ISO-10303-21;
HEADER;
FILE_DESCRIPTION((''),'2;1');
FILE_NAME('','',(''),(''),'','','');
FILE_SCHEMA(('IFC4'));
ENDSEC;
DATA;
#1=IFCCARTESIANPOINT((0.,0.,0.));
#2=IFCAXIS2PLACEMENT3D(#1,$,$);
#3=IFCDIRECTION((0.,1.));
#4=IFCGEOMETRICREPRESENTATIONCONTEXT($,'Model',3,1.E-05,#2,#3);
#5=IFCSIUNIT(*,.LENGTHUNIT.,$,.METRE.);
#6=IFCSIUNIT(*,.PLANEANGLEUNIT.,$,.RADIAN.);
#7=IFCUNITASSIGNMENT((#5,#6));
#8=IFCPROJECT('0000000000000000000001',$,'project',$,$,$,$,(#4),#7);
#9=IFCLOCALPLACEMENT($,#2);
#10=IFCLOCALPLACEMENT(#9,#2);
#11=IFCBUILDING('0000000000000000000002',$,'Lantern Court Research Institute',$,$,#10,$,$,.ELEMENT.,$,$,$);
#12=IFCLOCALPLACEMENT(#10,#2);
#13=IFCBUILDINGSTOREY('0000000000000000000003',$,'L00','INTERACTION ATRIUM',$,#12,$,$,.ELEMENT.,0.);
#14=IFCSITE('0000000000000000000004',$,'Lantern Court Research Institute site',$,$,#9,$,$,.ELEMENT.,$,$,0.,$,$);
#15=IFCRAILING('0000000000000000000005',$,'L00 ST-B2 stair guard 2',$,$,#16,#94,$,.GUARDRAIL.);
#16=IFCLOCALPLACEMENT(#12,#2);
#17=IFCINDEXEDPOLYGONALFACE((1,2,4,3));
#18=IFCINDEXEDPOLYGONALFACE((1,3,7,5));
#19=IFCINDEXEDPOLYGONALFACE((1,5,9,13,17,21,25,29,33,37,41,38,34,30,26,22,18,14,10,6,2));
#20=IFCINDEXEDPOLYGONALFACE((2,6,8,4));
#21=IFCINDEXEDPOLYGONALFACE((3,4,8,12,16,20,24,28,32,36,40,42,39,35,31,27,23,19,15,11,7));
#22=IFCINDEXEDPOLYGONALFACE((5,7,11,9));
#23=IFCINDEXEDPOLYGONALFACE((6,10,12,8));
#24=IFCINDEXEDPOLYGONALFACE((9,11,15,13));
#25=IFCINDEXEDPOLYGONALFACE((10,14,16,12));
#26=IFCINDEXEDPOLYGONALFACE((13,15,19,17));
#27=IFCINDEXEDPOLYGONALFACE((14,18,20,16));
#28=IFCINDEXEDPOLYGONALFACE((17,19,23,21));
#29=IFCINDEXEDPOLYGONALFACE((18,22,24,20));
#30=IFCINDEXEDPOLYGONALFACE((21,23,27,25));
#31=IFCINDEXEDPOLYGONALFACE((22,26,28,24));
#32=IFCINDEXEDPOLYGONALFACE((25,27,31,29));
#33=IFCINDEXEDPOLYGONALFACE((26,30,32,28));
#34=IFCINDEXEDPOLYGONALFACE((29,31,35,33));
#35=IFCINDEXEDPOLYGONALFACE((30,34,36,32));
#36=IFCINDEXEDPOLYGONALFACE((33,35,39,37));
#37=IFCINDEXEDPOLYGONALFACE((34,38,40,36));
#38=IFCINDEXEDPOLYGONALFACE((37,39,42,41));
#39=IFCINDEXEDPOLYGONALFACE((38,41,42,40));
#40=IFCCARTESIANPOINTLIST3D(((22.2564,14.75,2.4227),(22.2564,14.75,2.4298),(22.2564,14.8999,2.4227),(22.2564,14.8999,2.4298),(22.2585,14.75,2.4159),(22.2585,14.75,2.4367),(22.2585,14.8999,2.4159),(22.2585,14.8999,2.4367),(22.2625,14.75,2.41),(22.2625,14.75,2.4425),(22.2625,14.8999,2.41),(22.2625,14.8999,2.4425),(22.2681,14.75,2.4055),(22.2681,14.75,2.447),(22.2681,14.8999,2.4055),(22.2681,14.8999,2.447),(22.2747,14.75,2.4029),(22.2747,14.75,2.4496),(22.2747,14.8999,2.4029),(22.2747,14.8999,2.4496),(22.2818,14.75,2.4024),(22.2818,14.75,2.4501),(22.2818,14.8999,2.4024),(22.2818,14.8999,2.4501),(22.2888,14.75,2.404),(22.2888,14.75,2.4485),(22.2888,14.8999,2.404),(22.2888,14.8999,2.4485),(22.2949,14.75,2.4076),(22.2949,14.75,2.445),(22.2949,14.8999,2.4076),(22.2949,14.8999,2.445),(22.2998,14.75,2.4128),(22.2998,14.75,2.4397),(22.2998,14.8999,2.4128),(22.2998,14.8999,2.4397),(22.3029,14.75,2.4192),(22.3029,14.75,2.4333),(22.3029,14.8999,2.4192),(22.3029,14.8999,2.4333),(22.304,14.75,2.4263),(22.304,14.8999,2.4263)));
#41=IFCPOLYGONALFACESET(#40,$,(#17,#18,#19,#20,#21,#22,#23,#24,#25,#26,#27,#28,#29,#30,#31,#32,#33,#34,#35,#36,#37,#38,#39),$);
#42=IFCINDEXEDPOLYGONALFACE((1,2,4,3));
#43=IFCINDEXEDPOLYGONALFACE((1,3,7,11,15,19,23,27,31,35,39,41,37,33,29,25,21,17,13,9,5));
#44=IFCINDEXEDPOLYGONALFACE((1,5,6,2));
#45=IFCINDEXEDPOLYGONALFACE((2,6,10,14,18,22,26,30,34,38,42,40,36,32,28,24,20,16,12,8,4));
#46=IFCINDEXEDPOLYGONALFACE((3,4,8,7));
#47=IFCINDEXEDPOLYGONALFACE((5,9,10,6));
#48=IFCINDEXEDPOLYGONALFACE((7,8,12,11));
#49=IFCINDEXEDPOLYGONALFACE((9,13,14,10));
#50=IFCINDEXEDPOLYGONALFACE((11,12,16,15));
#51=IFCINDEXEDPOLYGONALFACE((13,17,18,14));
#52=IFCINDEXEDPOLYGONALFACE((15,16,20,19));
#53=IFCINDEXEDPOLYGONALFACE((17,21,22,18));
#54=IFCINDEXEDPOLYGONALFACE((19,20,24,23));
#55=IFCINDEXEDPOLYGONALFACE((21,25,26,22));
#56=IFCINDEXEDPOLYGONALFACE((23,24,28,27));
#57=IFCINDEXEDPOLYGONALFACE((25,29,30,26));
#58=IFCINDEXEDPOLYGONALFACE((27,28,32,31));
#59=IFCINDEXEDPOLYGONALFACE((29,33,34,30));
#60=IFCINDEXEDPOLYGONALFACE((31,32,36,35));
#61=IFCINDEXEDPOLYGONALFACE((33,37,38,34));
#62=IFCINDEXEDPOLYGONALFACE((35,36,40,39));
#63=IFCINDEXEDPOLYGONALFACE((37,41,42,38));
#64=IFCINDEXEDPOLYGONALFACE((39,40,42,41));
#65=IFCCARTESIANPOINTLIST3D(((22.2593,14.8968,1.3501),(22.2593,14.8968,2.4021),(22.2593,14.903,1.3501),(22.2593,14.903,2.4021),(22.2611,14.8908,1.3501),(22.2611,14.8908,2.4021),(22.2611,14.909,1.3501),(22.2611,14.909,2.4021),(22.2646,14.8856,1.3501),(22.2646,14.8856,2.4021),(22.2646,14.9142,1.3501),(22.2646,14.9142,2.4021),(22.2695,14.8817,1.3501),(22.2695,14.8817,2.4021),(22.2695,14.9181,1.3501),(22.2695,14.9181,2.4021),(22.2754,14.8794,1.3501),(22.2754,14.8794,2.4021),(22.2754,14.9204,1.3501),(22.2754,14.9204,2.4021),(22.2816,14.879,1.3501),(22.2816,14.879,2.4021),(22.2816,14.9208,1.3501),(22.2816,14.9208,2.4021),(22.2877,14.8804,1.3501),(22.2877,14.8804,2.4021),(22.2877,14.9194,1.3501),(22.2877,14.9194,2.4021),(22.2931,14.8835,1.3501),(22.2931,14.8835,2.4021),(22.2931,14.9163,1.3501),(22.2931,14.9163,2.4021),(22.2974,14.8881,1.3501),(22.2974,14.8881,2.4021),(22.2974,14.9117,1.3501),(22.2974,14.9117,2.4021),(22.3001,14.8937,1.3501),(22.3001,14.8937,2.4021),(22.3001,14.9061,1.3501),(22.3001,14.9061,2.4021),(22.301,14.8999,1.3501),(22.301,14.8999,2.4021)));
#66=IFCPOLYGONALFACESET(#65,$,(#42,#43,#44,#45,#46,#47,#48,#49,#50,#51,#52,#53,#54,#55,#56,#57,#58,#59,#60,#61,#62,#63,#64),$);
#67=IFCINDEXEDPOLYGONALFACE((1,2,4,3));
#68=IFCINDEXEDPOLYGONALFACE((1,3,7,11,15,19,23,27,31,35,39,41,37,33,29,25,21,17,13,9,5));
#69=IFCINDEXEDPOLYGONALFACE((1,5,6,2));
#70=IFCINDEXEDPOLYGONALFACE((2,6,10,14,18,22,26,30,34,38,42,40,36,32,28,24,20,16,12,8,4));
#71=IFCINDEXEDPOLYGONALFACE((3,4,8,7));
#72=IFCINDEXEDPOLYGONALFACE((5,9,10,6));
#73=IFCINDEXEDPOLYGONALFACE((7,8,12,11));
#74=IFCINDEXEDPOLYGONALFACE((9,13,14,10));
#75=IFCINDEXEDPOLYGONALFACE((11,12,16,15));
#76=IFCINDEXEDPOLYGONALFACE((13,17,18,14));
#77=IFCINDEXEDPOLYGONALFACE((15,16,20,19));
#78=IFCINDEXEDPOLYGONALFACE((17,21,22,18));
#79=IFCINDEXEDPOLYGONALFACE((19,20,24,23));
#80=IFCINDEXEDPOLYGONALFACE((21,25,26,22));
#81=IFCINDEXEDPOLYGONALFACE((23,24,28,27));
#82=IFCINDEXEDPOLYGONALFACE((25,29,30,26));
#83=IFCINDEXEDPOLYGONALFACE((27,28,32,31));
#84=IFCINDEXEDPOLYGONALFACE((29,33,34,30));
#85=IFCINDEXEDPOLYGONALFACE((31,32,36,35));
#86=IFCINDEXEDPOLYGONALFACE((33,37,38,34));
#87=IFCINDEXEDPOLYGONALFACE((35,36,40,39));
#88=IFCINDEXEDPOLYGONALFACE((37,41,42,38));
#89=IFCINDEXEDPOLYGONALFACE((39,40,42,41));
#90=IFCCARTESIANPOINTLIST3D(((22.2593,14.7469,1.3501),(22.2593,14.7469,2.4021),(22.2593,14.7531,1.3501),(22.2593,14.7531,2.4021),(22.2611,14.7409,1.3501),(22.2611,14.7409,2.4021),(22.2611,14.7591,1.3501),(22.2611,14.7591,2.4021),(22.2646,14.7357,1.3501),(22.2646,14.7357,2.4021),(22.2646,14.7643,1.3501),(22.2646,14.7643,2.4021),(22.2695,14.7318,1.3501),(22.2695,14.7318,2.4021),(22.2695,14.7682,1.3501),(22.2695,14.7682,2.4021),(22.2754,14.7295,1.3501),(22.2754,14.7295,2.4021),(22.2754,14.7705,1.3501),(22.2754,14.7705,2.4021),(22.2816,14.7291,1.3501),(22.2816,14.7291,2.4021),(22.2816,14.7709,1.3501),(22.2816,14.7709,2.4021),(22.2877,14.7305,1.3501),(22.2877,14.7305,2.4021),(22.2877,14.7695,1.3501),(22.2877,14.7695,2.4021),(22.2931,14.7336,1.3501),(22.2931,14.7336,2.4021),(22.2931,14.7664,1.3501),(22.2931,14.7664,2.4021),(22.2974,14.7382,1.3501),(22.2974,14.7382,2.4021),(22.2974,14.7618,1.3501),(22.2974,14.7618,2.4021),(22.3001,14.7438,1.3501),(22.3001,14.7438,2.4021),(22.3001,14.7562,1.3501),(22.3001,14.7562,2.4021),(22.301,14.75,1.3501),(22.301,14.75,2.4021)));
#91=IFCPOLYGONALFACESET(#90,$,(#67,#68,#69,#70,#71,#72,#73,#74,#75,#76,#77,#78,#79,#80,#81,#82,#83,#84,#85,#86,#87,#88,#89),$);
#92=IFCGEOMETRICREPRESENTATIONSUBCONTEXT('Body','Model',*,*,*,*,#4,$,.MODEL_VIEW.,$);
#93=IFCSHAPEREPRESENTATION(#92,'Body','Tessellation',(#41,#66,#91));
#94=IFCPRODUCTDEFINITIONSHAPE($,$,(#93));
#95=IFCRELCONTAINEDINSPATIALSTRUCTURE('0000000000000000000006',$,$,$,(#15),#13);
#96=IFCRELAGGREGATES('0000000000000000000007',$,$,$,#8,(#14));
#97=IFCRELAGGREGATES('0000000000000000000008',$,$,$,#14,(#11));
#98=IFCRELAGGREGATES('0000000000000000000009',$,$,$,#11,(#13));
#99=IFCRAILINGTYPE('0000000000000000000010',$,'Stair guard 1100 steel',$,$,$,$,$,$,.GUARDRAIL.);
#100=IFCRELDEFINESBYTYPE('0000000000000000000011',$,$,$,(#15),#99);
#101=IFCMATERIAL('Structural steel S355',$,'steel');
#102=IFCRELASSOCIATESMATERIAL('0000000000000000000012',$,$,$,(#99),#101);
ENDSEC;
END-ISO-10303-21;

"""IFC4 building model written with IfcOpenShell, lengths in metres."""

from ifc_helpers import new_model, si_unit, direction, frame, origin, origin_2d, place, context, subcontext, project, spatial, circle, extrude, material, type_object, element, save


model = new_model("IFC4")

# Units and contexts
model_context = context("Model", 3, precision=1e-05, world=origin(), true_north=direction((0.0, 1.0)))
body_context = subcontext(model_context, "Body", "Model", "MODEL_VIEW")
ifc_project = project(units=[si_unit("LENGTHUNIT", "METRE"), si_unit("PLANEANGLEUNIT", "RADIAN")], contexts=[model_context])

# Site, building, storey
site_placement = place(None, origin())
site = spatial("IfcSite", under=ifc_project, at=site_placement, Name="Lantern Court Research Institute site", CompositionType="ELEMENT", RefElevation=0.0)
building_placement = place(site_placement, origin())
building = spatial("IfcBuilding", under=site, at=building_placement, Name="Lantern Court Research Institute", CompositionType="ELEMENT")
storey_placement = place(building_placement, origin())
storey = spatial("IfcBuildingStorey", under=building, at=storey_placement, Name="L00", Description="INTERACTION ATRIUM", CompositionType="ELEMENT", Elevation=0.0)

# Railing
ifc_material_1 = material(Name="Structural steel S355", Category="steel")
railing_type_1 = type_object("IfcRailingType", Name="Stair guard 1100 steel", PredefinedType="GUARDRAIL", material=ifc_material_1)
railing_1_placement = place(storey_placement, frame((22.28, 14.8999, 1.3501)))
element("IfcRailing", 1, at=railing_1_placement, inside=storey, type_object=railing_type_1, Name="L00 ST-B2 stair guard 2", PredefinedType="GUARDRAIL", context=body_context, shape_type="SweptSolid", body=[
    extrude(circle(Radius=0.0239, at=origin_2d()), frame((0.0, 0.0, 1.0762), z_axis=(0.0, -1.0, 0.0), x_axis=(1.0, 0.0, 0.0)), (0.0, 0.0, 1.0), 0.1499),
    extrude(circle(Radius=0.021, at=origin_2d()), origin(), (0.0, 0.0, 1.0), 1.052),
    extrude(circle(Radius=0.021, at=origin_2d()), frame((0.0, -0.1499, 0.0)), (0.0, 0.0, 1.0), 1.052),
])

save(model, "model.ifc")
